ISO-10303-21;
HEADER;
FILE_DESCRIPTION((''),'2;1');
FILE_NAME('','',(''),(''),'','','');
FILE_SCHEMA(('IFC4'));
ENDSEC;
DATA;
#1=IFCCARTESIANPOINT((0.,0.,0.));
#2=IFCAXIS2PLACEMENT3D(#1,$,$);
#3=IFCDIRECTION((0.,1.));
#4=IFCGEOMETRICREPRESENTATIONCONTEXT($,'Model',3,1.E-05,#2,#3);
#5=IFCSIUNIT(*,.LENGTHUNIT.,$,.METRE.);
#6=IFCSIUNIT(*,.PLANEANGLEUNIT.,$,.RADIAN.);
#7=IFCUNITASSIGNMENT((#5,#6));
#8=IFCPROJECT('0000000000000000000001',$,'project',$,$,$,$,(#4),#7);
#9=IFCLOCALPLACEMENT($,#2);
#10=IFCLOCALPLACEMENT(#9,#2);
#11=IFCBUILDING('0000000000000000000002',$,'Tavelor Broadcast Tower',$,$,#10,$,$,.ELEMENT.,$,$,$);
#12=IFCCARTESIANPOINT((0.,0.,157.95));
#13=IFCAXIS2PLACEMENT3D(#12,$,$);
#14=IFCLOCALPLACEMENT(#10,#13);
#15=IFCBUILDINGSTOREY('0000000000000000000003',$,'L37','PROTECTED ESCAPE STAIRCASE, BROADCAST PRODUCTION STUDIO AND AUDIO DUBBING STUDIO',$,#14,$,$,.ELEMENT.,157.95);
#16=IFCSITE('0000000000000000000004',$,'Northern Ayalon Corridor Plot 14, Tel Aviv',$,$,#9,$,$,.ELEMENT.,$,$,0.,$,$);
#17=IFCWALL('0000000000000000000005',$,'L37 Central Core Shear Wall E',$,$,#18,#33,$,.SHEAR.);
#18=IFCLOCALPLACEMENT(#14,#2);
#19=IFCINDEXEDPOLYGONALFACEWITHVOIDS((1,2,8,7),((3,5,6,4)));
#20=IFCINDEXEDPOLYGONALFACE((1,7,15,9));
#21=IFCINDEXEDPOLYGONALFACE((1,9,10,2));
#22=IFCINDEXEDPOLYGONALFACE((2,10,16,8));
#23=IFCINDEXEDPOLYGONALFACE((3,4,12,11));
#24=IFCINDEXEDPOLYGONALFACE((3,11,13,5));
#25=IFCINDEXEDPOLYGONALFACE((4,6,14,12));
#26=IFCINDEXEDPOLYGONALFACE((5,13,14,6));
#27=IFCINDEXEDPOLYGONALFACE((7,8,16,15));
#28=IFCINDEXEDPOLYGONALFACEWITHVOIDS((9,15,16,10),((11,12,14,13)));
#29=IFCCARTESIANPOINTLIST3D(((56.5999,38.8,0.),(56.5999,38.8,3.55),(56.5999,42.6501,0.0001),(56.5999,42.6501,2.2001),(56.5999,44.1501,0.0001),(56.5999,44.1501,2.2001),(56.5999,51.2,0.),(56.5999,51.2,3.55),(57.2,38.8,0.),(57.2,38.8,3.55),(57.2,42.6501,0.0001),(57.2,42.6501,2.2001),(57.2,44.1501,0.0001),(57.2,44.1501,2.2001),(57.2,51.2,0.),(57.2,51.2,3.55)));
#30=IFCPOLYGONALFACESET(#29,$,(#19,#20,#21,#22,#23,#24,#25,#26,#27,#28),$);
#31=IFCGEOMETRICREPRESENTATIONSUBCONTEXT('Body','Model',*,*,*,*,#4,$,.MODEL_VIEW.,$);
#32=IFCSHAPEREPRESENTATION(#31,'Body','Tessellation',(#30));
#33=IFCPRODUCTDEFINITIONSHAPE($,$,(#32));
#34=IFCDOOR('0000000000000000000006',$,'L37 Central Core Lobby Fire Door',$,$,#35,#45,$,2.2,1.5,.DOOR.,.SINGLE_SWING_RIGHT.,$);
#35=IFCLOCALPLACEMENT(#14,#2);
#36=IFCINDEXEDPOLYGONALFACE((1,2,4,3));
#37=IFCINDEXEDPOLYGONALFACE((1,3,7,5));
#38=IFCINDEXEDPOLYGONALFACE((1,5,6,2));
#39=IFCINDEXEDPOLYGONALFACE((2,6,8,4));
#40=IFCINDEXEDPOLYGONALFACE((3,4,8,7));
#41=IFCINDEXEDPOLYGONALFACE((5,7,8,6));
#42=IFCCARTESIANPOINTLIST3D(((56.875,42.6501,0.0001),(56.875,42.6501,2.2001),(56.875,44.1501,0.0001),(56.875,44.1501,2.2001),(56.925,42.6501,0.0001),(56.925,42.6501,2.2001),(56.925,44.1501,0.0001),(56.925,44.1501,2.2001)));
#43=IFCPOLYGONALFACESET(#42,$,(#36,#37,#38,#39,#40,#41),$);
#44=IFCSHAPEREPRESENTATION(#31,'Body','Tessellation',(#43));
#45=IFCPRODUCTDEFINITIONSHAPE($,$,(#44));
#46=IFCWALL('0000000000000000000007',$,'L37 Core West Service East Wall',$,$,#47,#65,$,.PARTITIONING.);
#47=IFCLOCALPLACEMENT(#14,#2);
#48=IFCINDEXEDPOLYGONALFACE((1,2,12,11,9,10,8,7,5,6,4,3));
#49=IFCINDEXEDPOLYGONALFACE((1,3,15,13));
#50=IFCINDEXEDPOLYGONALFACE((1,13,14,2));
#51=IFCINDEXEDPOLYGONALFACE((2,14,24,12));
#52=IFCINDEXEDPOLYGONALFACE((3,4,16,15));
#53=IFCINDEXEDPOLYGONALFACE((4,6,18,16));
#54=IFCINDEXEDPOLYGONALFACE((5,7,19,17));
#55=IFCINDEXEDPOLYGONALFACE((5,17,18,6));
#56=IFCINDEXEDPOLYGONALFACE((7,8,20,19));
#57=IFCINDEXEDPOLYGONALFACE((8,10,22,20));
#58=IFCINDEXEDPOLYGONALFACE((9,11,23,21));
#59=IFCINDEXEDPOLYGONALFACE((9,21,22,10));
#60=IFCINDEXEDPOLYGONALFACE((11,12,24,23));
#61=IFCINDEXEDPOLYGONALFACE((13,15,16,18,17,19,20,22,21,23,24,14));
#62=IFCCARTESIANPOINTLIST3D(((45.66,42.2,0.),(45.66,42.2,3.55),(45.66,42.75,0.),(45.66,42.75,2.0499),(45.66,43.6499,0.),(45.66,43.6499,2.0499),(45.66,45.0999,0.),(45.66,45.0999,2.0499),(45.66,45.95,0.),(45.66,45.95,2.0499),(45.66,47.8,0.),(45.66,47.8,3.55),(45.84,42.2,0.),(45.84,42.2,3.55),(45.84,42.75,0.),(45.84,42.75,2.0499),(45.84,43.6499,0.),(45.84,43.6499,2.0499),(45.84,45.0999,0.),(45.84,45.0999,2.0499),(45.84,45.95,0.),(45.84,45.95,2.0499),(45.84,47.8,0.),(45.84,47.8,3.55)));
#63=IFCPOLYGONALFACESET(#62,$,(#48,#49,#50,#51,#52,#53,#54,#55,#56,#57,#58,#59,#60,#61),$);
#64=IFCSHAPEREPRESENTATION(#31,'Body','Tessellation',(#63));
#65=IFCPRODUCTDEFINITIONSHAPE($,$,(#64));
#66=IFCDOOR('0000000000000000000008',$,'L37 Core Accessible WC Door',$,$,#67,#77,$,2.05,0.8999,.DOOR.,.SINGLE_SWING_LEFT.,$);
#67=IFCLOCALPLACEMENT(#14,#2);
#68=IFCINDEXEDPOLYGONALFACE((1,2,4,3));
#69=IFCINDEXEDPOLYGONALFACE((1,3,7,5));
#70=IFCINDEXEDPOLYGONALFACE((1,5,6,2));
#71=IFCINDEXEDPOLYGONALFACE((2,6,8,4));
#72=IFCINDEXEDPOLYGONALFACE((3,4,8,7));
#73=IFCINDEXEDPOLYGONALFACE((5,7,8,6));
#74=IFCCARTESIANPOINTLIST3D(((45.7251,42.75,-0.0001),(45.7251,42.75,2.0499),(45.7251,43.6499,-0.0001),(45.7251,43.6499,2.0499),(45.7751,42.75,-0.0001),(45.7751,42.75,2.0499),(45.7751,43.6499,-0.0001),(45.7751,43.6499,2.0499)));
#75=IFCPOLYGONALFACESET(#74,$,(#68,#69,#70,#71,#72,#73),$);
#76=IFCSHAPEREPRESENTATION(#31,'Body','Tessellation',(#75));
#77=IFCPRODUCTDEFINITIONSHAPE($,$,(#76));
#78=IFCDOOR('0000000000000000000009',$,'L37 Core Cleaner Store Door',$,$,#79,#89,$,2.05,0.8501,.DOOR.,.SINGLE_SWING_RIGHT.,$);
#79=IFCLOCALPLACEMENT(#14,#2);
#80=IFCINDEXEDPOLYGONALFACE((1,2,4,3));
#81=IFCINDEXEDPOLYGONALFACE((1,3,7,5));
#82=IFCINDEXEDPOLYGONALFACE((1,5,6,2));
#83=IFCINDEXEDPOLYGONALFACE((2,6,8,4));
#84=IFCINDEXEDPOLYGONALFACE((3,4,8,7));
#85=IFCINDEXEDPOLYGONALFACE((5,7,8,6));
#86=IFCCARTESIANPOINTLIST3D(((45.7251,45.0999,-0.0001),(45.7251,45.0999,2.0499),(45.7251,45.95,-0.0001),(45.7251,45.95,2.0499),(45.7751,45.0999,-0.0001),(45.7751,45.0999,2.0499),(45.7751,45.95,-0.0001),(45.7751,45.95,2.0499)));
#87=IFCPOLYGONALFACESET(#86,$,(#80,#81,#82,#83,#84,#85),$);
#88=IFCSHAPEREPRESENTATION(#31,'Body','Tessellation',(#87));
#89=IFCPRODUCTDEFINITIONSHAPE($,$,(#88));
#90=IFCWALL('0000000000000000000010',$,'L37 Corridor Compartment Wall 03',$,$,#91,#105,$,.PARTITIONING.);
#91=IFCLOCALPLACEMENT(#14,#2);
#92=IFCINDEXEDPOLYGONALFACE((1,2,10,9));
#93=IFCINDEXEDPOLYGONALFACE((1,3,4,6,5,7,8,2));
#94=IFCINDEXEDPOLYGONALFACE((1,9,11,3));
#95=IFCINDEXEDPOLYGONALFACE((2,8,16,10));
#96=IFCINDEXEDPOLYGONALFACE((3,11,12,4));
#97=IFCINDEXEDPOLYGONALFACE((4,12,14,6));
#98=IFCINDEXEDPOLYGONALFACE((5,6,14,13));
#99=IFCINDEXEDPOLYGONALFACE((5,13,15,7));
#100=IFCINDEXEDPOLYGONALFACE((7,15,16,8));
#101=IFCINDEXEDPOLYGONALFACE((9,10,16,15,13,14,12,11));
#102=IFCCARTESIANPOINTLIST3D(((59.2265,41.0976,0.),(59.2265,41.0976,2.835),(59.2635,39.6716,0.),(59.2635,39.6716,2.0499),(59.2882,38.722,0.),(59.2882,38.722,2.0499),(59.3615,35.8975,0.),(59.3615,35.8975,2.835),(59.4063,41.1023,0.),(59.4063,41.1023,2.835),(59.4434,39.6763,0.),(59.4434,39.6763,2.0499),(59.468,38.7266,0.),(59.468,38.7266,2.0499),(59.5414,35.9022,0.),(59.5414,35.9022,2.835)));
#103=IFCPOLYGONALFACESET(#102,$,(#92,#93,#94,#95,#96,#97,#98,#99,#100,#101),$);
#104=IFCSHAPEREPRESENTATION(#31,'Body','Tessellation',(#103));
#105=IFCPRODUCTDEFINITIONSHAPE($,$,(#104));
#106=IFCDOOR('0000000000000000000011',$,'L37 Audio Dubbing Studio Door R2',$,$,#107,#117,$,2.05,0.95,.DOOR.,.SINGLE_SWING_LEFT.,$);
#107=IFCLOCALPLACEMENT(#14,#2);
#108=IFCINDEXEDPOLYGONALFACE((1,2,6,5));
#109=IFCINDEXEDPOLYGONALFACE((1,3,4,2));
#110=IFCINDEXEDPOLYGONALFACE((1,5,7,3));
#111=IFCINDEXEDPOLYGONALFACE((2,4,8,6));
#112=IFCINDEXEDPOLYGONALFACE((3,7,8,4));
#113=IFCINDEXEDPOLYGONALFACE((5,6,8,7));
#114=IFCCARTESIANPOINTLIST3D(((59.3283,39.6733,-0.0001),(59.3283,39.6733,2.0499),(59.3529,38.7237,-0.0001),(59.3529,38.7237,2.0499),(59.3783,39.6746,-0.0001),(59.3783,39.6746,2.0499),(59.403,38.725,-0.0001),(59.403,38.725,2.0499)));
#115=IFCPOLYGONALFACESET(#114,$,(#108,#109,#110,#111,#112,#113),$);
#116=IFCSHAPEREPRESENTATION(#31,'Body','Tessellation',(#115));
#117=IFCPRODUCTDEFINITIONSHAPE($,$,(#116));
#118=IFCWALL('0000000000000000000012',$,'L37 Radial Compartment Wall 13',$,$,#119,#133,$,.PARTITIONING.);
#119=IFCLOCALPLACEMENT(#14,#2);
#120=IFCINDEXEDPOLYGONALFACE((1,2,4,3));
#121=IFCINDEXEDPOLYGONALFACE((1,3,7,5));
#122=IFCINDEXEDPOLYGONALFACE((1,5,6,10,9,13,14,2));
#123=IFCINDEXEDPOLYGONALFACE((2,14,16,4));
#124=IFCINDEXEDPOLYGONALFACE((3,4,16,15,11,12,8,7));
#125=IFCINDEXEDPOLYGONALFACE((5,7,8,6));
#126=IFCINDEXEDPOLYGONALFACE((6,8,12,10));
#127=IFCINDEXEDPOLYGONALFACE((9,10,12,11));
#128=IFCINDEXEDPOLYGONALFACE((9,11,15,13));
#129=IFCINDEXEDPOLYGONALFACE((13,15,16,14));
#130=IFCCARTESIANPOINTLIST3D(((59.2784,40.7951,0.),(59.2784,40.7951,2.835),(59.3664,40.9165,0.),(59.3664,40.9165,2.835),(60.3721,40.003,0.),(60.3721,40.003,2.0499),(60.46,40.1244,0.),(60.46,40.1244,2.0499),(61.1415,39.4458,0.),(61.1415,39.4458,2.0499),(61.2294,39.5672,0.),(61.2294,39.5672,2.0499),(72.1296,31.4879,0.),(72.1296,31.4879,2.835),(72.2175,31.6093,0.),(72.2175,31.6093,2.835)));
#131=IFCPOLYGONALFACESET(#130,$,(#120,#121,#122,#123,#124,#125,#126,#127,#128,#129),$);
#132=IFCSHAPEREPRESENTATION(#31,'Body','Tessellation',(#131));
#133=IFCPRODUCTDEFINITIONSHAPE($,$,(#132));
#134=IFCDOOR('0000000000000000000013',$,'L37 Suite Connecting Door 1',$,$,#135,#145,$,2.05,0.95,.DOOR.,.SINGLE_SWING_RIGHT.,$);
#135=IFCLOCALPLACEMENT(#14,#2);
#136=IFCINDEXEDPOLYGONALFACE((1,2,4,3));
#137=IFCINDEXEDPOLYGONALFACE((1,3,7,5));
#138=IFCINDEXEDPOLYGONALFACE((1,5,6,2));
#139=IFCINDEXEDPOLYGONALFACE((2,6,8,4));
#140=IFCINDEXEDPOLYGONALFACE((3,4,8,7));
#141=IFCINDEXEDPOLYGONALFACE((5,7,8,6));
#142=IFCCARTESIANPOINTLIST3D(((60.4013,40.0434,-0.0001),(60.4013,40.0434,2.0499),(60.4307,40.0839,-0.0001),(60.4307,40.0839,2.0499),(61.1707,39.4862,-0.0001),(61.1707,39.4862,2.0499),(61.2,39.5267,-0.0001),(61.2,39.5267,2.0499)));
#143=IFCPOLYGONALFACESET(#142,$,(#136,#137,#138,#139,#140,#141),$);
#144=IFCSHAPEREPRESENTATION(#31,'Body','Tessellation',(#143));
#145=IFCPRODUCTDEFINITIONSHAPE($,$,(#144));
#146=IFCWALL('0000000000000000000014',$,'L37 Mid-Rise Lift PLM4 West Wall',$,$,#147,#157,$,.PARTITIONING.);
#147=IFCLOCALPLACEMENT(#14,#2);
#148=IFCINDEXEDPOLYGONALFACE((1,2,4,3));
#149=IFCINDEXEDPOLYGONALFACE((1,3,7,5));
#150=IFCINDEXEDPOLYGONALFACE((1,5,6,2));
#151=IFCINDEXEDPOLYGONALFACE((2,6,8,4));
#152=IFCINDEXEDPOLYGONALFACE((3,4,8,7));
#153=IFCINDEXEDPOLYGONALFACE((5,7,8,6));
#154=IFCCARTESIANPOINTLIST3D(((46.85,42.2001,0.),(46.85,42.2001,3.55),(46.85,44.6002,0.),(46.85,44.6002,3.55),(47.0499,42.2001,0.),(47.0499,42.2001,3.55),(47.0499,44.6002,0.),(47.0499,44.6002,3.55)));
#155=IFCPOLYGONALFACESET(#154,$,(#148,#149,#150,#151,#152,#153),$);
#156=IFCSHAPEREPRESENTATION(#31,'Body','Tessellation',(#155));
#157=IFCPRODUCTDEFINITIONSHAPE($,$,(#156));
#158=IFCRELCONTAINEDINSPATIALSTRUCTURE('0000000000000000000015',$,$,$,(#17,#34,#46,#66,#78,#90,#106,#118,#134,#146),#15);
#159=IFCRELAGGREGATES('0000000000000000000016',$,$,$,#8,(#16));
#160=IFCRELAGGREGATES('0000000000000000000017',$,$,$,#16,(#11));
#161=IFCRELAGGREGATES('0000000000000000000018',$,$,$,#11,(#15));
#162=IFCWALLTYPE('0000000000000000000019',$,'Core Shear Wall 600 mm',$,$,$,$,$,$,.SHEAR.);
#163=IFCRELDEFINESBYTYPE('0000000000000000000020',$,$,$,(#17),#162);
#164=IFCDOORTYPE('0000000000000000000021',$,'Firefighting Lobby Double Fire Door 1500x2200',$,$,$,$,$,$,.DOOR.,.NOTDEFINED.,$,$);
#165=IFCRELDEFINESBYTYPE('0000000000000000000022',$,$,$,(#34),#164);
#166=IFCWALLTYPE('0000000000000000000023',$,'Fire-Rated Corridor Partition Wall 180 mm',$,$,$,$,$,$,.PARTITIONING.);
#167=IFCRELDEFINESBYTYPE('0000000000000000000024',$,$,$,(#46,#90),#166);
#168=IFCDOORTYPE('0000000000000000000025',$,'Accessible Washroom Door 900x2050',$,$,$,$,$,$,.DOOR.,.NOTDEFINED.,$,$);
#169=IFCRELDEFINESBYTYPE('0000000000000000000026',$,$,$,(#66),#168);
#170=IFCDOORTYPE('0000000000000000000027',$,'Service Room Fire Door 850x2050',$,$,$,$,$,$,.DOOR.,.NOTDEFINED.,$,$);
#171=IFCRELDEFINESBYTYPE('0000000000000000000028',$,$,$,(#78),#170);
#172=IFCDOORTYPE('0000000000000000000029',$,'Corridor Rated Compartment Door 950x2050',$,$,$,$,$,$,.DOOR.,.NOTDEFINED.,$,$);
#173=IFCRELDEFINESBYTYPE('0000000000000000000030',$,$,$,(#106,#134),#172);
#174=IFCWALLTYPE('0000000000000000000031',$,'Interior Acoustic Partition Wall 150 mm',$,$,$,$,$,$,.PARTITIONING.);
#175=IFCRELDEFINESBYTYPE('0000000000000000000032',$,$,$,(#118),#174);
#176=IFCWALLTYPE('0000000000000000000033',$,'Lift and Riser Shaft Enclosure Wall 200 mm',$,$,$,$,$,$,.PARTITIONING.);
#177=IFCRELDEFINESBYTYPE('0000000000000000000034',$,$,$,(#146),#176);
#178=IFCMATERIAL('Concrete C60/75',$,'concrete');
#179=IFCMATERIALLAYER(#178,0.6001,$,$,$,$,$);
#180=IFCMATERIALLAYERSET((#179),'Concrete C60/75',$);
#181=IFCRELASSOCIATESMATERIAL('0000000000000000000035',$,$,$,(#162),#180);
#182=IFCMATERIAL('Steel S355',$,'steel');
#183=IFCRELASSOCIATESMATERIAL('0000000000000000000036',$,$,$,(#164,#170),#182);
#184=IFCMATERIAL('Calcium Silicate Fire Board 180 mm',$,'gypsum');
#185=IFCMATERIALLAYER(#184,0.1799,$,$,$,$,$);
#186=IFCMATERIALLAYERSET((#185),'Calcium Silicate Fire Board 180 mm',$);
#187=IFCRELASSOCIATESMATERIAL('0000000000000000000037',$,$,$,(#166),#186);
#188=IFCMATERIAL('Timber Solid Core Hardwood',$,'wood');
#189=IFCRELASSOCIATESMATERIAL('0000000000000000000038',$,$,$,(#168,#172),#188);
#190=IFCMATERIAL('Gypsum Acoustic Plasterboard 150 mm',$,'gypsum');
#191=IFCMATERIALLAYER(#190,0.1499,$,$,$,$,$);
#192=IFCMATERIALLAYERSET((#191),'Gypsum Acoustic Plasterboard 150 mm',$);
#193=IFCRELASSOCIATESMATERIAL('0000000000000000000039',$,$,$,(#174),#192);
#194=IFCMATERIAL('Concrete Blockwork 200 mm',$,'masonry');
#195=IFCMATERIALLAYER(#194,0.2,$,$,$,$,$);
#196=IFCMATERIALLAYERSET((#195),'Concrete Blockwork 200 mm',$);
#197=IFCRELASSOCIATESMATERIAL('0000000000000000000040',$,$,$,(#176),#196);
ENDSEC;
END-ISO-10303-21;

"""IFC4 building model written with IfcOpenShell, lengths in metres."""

from ifc_helpers import new_model, si_unit, direction, frame, frame_2d, origin, place, context, subcontext, project, spatial, rectangle, extrude, material, layer, layer_set, type_object, element, fill, save


model = new_model("IFC4")

# Units and contexts
model_context = context("Model", 3, precision=1e-05, world=origin(), true_north=direction((0.0, 1.0)))
body_context = subcontext(model_context, "Body", "Model", "MODEL_VIEW")
ifc_project = project(units=[si_unit("LENGTHUNIT", "METRE"), si_unit("PLANEANGLEUNIT", "RADIAN")], contexts=[model_context])

# Site, building, storey
site_placement = place(None, origin())
site = spatial("IfcSite", under=ifc_project, at=site_placement, Name="Northern Ayalon Corridor Plot 14, Tel Aviv", CompositionType="ELEMENT", RefElevation=0.0)
building_placement = place(site_placement, origin())
building = spatial("IfcBuilding", under=site, at=building_placement, Name="Tavelor Broadcast Tower", CompositionType="ELEMENT")
storey_placement = place(building_placement, frame((0.0, 0.0, 157.95)))
storey = spatial("IfcBuildingStorey", under=building, at=storey_placement, Name="L37", Description="PROTECTED ESCAPE STAIRCASE, BROADCAST PRODUCTION STUDIO AND AUDIO DUBBING STUDIO", CompositionType="ELEMENT", Elevation=157.95)

# Shared definitions
ifc_material_1 = material(Name="Concrete C60/75", Category="concrete")

# Shared definitions
ifc_material_2 = material(Name="Steel S355", Category="steel")

# Wall, opening, door
ifc_layer_1 = layer(ifc_material_1, 0.6001)
ifc_layer_set_1 = layer_set([ifc_layer_1], Name="Concrete C60/75")
wall_type_1 = type_object("IfcWallType", Name="Core Shear Wall 600 mm", PredefinedType="SHEAR", material=ifc_layer_set_1)
wall_1_placement = place(storey_placement, frame((56.8999, 38.8, 0.0), z_axis=(0.0, 0.0, 1.0), x_axis=(0.0, 1.0, 0.0)))
wall_1 = element("IfcWall", 1, at=wall_1_placement, inside=storey, type_object=wall_type_1, Name="L37 Central Core Shear Wall E", PredefinedType="SHEAR", context=body_context, shape_type="SweptSolid", body=[
    extrude(rectangle(XDim=12.3999, YDim=0.6001, at=frame_2d((6.2, 0.0))), origin(), (0.0, 0.0, 1.0), 3.55),
])
opening_1_placement = place(wall_1_placement, frame((3.8501, 0.0, 0.0)))
opening_1 = element("IfcOpeningElement", 2, at=opening_1_placement, cuts=wall_1, PredefinedType="OPENING", context=body_context, shape_type="SweptSolid", body=[
    extrude(rectangle(XDim=1.5, YDim=2.2, at=frame_2d((0.75, 1.1001))), frame((0.0, 0.3101, 0.0), z_axis=(0.0, -1.0, 0.0), x_axis=(1.0, 0.0, 0.0)), (0.0, 0.0, 1.0), 0.6201),
])
door_type_1 = type_object("IfcDoorType", Name="Firefighting Lobby Double Fire Door 1500x2200", OperationType="NOTDEFINED", PredefinedType="DOOR", material=ifc_material_2)
door_1_placement = place(opening_1_placement, origin())
door_1 = element("IfcDoor", 3, at=door_1_placement, inside=storey, type_object=door_type_1, Name="L37 Central Core Lobby Fire Door", OperationType="SINGLE_SWING_RIGHT", OverallHeight=2.2, OverallWidth=1.5, PredefinedType="DOOR", context=body_context, shape_type="SweptSolid", body=[
    extrude(rectangle(XDim=1.5, YDim=2.2, at=frame_2d((0.75, 1.1001))), frame((0.0, 0.0249, 0.0), z_axis=(0.0, -1.0, 0.0), x_axis=(1.0, 0.0, 0.0)), (0.0, 0.0, 1.0), 0.05),
])
fill(opening_1, door_1)

# Wall, openings, doors
ifc_material_3 = material(Name="Calcium Silicate Fire Board 180 mm", Category="gypsum")
ifc_layer_2 = layer(ifc_material_3, 0.1799)
ifc_layer_set_2 = layer_set([ifc_layer_2], Name="Calcium Silicate Fire Board 180 mm")
wall_type_2 = type_object("IfcWallType", Name="Fire-Rated Corridor Partition Wall 180 mm", PredefinedType="PARTITIONING", material=ifc_layer_set_2)
wall_2_placement = place(storey_placement, frame((45.75, 42.2, 0.0), z_axis=(0.0, 0.0, 1.0), x_axis=(0.0, 1.0, 0.0)))
wall_2 = element("IfcWall", 4, at=wall_2_placement, inside=storey, type_object=wall_type_2, Name="L37 Core West Service East Wall", PredefinedType="PARTITIONING", context=body_context, shape_type="SweptSolid", body=[
    extrude(rectangle(XDim=5.6001, YDim=0.1799, at=frame_2d((2.8, 0.0))), origin(), (0.0, 0.0, 1.0), 3.55),
])
opening_2_placement = place(wall_2_placement, frame((0.55, 0.0, 0.0)))
opening_2 = element("IfcOpeningElement", 5, at=opening_2_placement, cuts=wall_2, PredefinedType="OPENING", context=body_context, shape_type="SweptSolid", body=[
    extrude(rectangle(XDim=0.8999, YDim=2.05, at=frame_2d((0.45, 1.0249))), frame((0.0, 0.1001, 0.0), z_axis=(0.0, -1.0, 0.0), x_axis=(1.0, 0.0, 0.0)), (0.0, 0.0, 1.0), 0.2),
])
opening_3_placement = place(wall_2_placement, frame((2.8999, 0.0, 0.0)))
opening_3 = element("IfcOpeningElement", 6, at=opening_3_placement, cuts=wall_2, PredefinedType="OPENING", context=body_context, shape_type="SweptSolid", body=[
    extrude(rectangle(XDim=0.8501, YDim=2.05, at=frame_2d((0.425, 1.0249))), frame((0.0, 0.1001, 0.0), z_axis=(0.0, -1.0, 0.0), x_axis=(1.0, 0.0, 0.0)), (0.0, 0.0, 1.0), 0.2),
])
ifc_material_4 = material(Name="Timber Solid Core Hardwood", Category="wood")
door_type_2 = type_object("IfcDoorType", Name="Accessible Washroom Door 900x2050", OperationType="NOTDEFINED", PredefinedType="DOOR", material=ifc_material_4)
door_2_placement = place(opening_2_placement, origin())
door_2 = element("IfcDoor", 7, at=door_2_placement, inside=storey, type_object=door_type_2, Name="L37 Core Accessible WC Door", OperationType="SINGLE_SWING_LEFT", OverallHeight=2.05, OverallWidth=0.8999, PredefinedType="DOOR", context=body_context, shape_type="SweptSolid", body=[
    extrude(rectangle(XDim=0.8999, YDim=2.05, at=frame_2d((0.45, 1.0249))), frame((0.0, 0.0249, 0.0), z_axis=(0.0, -1.0, 0.0), x_axis=(1.0, 0.0, 0.0)), (0.0, 0.0, 1.0), 0.05),
])
fill(opening_2, door_2)
door_type_3 = type_object("IfcDoorType", Name="Service Room Fire Door 850x2050", OperationType="NOTDEFINED", PredefinedType="DOOR", material=ifc_material_2)
door_3_placement = place(opening_3_placement, origin())
door_3 = element("IfcDoor", 8, at=door_3_placement, inside=storey, type_object=door_type_3, Name="L37 Core Cleaner Store Door", OperationType="SINGLE_SWING_RIGHT", OverallHeight=2.05, OverallWidth=0.8501, PredefinedType="DOOR", context=body_context, shape_type="SweptSolid", body=[
    extrude(rectangle(XDim=0.8501, YDim=2.05, at=frame_2d((0.425, 1.0249))), frame((0.0, 0.0249, 0.0), z_axis=(0.0, -1.0, 0.0), x_axis=(1.0, 0.0, 0.0)), (0.0, 0.0, 1.0), 0.05),
])
fill(opening_3, door_3)

# Walls, openings, doors
wall_3_placement = place(storey_placement, frame((59.3164, 41.1001, 0.0), z_axis=(0.0, 0.0, 1.0), x_axis=(0.025954, -0.999663, 0.0)))
wall_3 = element("IfcWall", 9, at=wall_3_placement, inside=storey, type_object=wall_type_2, Name="L37 Corridor Compartment Wall 03", PredefinedType="PARTITIONING", context=body_context, shape_type="SweptSolid", body=[
    extrude(rectangle(XDim=5.2019, YDim=0.1799, at=frame_2d((2.6011, 0.0))), origin(), (0.0, 0.0, 1.0), 2.835),
])
opening_4_placement = place(wall_3_placement, frame((1.4265, 0.0, 0.0)))
opening_4 = element("IfcOpeningElement", 10, at=opening_4_placement, cuts=wall_3, PredefinedType="OPENING", context=body_context, shape_type="SweptSolid", body=[
    extrude(rectangle(XDim=0.95, YDim=2.05, at=frame_2d((0.4751, 1.0249))), frame((0.0, 0.1001, 0.0), z_axis=(0.0, -1.0, 0.0), x_axis=(1.0, 0.0, 0.0)), (0.0, 0.0, 1.0), 0.2),
])
door_type_4 = type_object("IfcDoorType", Name="Corridor Rated Compartment Door 950x2050", OperationType="NOTDEFINED", PredefinedType="DOOR", material=ifc_material_4)
door_4_placement = place(opening_4_placement, origin())
door_4 = element("IfcDoor", 11, at=door_4_placement, inside=storey, type_object=door_type_4, Name="L37 Audio Dubbing Studio Door R2", OperationType="SINGLE_SWING_LEFT", OverallHeight=2.05, OverallWidth=0.95, PredefinedType="DOOR", context=body_context, shape_type="SweptSolid", body=[
    extrude(rectangle(XDim=0.95, YDim=2.05, at=frame_2d((0.4751, 1.0249))), frame((0.0, 0.0249, 0.0), z_axis=(0.0, -1.0, 0.0), x_axis=(1.0, 0.0, 0.0)), (0.0, 0.0, 1.0), 0.05),
])
fill(opening_4, door_4)
ifc_material_5 = material(Name="Gypsum Acoustic Plasterboard 150 mm", Category="gypsum")
ifc_layer_3 = layer(ifc_material_5, 0.1499)
ifc_layer_set_3 = layer_set([ifc_layer_3], Name="Gypsum Acoustic Plasterboard 150 mm")
wall_type_3 = type_object("IfcWallType", Name="Interior Acoustic Partition Wall 150 mm", PredefinedType="PARTITIONING", material=ifc_layer_set_3)
wall_4_placement = place(storey_placement, frame((59.3225, 40.8557, 0.0), z_axis=(0.0, 0.0, 1.0), x_axis=(0.809907, -0.586559, 0.0)))
wall_4 = element("IfcWall", 12, at=wall_4_placement, inside=storey, type_object=wall_type_3, Name="L37 Radial Compartment Wall 13", PredefinedType="PARTITIONING", context=body_context, shape_type="SweptSolid", body=[
    extrude(rectangle(XDim=15.8674, YDim=0.1499, at=frame_2d((7.9336, 0.0))), origin(), (0.0, 0.0, 1.0), 2.835),
])
opening_5_placement = place(wall_4_placement, frame((1.3501, 0.0, 0.0)))
opening_5 = element("IfcOpeningElement", 13, at=opening_5_placement, cuts=wall_4, PredefinedType="OPENING", context=body_context, shape_type="SweptSolid", body=[
    extrude(rectangle(XDim=0.95, YDim=2.05, at=frame_2d((0.4751, 1.0249))), frame((0.0, 0.085, 0.0), z_axis=(0.0, -1.0, 0.0), x_axis=(1.0, 0.0, 0.0)), (0.0, 0.0, 1.0), 0.1699),
])
door_5_placement = place(opening_5_placement, origin())
door_5 = element("IfcDoor", 14, at=door_5_placement, inside=storey, type_object=door_type_4, Name="L37 Suite Connecting Door 1", OperationType="SINGLE_SWING_RIGHT", OverallHeight=2.05, OverallWidth=0.95, PredefinedType="DOOR", context=body_context, shape_type="SweptSolid", body=[
    extrude(rectangle(XDim=0.95, YDim=2.05, at=frame_2d((0.4751, 1.0249))), frame((0.0, 0.0249, 0.0), z_axis=(0.0, -1.0, 0.0), x_axis=(1.0, 0.0, 0.0)), (0.0, 0.0, 1.0), 0.05),
])
fill(opening_5, door_5)
ifc_material_6 = material(Name="Concrete Blockwork 200 mm", Category="masonry")

# Wall
ifc_layer_4 = layer(ifc_material_6, 0.2)
ifc_layer_set_4 = layer_set([ifc_layer_4], Name="Concrete Blockwork 200 mm")
wall_type_4 = type_object("IfcWallType", Name="Lift and Riser Shaft Enclosure Wall 200 mm", PredefinedType="PARTITIONING", material=ifc_layer_set_4)
wall_5_placement = place(storey_placement, frame((46.95, 42.2, 0.0), z_axis=(0.0, 0.0, 1.0), x_axis=(0.0, 1.0, 0.0)))
element("IfcWall", 15, at=wall_5_placement, inside=storey, type_object=wall_type_4, Name="L37 Mid-Rise Lift PLM4 West Wall", PredefinedType="PARTITIONING", context=body_context, shape_type="SweptSolid", body=[
    extrude(rectangle(XDim=2.4001, YDim=0.2, at=frame_2d((1.2002, 0.0))), origin(), (0.0, 0.0, 1.0), 3.55),
])

save(model, "model.ifc")
